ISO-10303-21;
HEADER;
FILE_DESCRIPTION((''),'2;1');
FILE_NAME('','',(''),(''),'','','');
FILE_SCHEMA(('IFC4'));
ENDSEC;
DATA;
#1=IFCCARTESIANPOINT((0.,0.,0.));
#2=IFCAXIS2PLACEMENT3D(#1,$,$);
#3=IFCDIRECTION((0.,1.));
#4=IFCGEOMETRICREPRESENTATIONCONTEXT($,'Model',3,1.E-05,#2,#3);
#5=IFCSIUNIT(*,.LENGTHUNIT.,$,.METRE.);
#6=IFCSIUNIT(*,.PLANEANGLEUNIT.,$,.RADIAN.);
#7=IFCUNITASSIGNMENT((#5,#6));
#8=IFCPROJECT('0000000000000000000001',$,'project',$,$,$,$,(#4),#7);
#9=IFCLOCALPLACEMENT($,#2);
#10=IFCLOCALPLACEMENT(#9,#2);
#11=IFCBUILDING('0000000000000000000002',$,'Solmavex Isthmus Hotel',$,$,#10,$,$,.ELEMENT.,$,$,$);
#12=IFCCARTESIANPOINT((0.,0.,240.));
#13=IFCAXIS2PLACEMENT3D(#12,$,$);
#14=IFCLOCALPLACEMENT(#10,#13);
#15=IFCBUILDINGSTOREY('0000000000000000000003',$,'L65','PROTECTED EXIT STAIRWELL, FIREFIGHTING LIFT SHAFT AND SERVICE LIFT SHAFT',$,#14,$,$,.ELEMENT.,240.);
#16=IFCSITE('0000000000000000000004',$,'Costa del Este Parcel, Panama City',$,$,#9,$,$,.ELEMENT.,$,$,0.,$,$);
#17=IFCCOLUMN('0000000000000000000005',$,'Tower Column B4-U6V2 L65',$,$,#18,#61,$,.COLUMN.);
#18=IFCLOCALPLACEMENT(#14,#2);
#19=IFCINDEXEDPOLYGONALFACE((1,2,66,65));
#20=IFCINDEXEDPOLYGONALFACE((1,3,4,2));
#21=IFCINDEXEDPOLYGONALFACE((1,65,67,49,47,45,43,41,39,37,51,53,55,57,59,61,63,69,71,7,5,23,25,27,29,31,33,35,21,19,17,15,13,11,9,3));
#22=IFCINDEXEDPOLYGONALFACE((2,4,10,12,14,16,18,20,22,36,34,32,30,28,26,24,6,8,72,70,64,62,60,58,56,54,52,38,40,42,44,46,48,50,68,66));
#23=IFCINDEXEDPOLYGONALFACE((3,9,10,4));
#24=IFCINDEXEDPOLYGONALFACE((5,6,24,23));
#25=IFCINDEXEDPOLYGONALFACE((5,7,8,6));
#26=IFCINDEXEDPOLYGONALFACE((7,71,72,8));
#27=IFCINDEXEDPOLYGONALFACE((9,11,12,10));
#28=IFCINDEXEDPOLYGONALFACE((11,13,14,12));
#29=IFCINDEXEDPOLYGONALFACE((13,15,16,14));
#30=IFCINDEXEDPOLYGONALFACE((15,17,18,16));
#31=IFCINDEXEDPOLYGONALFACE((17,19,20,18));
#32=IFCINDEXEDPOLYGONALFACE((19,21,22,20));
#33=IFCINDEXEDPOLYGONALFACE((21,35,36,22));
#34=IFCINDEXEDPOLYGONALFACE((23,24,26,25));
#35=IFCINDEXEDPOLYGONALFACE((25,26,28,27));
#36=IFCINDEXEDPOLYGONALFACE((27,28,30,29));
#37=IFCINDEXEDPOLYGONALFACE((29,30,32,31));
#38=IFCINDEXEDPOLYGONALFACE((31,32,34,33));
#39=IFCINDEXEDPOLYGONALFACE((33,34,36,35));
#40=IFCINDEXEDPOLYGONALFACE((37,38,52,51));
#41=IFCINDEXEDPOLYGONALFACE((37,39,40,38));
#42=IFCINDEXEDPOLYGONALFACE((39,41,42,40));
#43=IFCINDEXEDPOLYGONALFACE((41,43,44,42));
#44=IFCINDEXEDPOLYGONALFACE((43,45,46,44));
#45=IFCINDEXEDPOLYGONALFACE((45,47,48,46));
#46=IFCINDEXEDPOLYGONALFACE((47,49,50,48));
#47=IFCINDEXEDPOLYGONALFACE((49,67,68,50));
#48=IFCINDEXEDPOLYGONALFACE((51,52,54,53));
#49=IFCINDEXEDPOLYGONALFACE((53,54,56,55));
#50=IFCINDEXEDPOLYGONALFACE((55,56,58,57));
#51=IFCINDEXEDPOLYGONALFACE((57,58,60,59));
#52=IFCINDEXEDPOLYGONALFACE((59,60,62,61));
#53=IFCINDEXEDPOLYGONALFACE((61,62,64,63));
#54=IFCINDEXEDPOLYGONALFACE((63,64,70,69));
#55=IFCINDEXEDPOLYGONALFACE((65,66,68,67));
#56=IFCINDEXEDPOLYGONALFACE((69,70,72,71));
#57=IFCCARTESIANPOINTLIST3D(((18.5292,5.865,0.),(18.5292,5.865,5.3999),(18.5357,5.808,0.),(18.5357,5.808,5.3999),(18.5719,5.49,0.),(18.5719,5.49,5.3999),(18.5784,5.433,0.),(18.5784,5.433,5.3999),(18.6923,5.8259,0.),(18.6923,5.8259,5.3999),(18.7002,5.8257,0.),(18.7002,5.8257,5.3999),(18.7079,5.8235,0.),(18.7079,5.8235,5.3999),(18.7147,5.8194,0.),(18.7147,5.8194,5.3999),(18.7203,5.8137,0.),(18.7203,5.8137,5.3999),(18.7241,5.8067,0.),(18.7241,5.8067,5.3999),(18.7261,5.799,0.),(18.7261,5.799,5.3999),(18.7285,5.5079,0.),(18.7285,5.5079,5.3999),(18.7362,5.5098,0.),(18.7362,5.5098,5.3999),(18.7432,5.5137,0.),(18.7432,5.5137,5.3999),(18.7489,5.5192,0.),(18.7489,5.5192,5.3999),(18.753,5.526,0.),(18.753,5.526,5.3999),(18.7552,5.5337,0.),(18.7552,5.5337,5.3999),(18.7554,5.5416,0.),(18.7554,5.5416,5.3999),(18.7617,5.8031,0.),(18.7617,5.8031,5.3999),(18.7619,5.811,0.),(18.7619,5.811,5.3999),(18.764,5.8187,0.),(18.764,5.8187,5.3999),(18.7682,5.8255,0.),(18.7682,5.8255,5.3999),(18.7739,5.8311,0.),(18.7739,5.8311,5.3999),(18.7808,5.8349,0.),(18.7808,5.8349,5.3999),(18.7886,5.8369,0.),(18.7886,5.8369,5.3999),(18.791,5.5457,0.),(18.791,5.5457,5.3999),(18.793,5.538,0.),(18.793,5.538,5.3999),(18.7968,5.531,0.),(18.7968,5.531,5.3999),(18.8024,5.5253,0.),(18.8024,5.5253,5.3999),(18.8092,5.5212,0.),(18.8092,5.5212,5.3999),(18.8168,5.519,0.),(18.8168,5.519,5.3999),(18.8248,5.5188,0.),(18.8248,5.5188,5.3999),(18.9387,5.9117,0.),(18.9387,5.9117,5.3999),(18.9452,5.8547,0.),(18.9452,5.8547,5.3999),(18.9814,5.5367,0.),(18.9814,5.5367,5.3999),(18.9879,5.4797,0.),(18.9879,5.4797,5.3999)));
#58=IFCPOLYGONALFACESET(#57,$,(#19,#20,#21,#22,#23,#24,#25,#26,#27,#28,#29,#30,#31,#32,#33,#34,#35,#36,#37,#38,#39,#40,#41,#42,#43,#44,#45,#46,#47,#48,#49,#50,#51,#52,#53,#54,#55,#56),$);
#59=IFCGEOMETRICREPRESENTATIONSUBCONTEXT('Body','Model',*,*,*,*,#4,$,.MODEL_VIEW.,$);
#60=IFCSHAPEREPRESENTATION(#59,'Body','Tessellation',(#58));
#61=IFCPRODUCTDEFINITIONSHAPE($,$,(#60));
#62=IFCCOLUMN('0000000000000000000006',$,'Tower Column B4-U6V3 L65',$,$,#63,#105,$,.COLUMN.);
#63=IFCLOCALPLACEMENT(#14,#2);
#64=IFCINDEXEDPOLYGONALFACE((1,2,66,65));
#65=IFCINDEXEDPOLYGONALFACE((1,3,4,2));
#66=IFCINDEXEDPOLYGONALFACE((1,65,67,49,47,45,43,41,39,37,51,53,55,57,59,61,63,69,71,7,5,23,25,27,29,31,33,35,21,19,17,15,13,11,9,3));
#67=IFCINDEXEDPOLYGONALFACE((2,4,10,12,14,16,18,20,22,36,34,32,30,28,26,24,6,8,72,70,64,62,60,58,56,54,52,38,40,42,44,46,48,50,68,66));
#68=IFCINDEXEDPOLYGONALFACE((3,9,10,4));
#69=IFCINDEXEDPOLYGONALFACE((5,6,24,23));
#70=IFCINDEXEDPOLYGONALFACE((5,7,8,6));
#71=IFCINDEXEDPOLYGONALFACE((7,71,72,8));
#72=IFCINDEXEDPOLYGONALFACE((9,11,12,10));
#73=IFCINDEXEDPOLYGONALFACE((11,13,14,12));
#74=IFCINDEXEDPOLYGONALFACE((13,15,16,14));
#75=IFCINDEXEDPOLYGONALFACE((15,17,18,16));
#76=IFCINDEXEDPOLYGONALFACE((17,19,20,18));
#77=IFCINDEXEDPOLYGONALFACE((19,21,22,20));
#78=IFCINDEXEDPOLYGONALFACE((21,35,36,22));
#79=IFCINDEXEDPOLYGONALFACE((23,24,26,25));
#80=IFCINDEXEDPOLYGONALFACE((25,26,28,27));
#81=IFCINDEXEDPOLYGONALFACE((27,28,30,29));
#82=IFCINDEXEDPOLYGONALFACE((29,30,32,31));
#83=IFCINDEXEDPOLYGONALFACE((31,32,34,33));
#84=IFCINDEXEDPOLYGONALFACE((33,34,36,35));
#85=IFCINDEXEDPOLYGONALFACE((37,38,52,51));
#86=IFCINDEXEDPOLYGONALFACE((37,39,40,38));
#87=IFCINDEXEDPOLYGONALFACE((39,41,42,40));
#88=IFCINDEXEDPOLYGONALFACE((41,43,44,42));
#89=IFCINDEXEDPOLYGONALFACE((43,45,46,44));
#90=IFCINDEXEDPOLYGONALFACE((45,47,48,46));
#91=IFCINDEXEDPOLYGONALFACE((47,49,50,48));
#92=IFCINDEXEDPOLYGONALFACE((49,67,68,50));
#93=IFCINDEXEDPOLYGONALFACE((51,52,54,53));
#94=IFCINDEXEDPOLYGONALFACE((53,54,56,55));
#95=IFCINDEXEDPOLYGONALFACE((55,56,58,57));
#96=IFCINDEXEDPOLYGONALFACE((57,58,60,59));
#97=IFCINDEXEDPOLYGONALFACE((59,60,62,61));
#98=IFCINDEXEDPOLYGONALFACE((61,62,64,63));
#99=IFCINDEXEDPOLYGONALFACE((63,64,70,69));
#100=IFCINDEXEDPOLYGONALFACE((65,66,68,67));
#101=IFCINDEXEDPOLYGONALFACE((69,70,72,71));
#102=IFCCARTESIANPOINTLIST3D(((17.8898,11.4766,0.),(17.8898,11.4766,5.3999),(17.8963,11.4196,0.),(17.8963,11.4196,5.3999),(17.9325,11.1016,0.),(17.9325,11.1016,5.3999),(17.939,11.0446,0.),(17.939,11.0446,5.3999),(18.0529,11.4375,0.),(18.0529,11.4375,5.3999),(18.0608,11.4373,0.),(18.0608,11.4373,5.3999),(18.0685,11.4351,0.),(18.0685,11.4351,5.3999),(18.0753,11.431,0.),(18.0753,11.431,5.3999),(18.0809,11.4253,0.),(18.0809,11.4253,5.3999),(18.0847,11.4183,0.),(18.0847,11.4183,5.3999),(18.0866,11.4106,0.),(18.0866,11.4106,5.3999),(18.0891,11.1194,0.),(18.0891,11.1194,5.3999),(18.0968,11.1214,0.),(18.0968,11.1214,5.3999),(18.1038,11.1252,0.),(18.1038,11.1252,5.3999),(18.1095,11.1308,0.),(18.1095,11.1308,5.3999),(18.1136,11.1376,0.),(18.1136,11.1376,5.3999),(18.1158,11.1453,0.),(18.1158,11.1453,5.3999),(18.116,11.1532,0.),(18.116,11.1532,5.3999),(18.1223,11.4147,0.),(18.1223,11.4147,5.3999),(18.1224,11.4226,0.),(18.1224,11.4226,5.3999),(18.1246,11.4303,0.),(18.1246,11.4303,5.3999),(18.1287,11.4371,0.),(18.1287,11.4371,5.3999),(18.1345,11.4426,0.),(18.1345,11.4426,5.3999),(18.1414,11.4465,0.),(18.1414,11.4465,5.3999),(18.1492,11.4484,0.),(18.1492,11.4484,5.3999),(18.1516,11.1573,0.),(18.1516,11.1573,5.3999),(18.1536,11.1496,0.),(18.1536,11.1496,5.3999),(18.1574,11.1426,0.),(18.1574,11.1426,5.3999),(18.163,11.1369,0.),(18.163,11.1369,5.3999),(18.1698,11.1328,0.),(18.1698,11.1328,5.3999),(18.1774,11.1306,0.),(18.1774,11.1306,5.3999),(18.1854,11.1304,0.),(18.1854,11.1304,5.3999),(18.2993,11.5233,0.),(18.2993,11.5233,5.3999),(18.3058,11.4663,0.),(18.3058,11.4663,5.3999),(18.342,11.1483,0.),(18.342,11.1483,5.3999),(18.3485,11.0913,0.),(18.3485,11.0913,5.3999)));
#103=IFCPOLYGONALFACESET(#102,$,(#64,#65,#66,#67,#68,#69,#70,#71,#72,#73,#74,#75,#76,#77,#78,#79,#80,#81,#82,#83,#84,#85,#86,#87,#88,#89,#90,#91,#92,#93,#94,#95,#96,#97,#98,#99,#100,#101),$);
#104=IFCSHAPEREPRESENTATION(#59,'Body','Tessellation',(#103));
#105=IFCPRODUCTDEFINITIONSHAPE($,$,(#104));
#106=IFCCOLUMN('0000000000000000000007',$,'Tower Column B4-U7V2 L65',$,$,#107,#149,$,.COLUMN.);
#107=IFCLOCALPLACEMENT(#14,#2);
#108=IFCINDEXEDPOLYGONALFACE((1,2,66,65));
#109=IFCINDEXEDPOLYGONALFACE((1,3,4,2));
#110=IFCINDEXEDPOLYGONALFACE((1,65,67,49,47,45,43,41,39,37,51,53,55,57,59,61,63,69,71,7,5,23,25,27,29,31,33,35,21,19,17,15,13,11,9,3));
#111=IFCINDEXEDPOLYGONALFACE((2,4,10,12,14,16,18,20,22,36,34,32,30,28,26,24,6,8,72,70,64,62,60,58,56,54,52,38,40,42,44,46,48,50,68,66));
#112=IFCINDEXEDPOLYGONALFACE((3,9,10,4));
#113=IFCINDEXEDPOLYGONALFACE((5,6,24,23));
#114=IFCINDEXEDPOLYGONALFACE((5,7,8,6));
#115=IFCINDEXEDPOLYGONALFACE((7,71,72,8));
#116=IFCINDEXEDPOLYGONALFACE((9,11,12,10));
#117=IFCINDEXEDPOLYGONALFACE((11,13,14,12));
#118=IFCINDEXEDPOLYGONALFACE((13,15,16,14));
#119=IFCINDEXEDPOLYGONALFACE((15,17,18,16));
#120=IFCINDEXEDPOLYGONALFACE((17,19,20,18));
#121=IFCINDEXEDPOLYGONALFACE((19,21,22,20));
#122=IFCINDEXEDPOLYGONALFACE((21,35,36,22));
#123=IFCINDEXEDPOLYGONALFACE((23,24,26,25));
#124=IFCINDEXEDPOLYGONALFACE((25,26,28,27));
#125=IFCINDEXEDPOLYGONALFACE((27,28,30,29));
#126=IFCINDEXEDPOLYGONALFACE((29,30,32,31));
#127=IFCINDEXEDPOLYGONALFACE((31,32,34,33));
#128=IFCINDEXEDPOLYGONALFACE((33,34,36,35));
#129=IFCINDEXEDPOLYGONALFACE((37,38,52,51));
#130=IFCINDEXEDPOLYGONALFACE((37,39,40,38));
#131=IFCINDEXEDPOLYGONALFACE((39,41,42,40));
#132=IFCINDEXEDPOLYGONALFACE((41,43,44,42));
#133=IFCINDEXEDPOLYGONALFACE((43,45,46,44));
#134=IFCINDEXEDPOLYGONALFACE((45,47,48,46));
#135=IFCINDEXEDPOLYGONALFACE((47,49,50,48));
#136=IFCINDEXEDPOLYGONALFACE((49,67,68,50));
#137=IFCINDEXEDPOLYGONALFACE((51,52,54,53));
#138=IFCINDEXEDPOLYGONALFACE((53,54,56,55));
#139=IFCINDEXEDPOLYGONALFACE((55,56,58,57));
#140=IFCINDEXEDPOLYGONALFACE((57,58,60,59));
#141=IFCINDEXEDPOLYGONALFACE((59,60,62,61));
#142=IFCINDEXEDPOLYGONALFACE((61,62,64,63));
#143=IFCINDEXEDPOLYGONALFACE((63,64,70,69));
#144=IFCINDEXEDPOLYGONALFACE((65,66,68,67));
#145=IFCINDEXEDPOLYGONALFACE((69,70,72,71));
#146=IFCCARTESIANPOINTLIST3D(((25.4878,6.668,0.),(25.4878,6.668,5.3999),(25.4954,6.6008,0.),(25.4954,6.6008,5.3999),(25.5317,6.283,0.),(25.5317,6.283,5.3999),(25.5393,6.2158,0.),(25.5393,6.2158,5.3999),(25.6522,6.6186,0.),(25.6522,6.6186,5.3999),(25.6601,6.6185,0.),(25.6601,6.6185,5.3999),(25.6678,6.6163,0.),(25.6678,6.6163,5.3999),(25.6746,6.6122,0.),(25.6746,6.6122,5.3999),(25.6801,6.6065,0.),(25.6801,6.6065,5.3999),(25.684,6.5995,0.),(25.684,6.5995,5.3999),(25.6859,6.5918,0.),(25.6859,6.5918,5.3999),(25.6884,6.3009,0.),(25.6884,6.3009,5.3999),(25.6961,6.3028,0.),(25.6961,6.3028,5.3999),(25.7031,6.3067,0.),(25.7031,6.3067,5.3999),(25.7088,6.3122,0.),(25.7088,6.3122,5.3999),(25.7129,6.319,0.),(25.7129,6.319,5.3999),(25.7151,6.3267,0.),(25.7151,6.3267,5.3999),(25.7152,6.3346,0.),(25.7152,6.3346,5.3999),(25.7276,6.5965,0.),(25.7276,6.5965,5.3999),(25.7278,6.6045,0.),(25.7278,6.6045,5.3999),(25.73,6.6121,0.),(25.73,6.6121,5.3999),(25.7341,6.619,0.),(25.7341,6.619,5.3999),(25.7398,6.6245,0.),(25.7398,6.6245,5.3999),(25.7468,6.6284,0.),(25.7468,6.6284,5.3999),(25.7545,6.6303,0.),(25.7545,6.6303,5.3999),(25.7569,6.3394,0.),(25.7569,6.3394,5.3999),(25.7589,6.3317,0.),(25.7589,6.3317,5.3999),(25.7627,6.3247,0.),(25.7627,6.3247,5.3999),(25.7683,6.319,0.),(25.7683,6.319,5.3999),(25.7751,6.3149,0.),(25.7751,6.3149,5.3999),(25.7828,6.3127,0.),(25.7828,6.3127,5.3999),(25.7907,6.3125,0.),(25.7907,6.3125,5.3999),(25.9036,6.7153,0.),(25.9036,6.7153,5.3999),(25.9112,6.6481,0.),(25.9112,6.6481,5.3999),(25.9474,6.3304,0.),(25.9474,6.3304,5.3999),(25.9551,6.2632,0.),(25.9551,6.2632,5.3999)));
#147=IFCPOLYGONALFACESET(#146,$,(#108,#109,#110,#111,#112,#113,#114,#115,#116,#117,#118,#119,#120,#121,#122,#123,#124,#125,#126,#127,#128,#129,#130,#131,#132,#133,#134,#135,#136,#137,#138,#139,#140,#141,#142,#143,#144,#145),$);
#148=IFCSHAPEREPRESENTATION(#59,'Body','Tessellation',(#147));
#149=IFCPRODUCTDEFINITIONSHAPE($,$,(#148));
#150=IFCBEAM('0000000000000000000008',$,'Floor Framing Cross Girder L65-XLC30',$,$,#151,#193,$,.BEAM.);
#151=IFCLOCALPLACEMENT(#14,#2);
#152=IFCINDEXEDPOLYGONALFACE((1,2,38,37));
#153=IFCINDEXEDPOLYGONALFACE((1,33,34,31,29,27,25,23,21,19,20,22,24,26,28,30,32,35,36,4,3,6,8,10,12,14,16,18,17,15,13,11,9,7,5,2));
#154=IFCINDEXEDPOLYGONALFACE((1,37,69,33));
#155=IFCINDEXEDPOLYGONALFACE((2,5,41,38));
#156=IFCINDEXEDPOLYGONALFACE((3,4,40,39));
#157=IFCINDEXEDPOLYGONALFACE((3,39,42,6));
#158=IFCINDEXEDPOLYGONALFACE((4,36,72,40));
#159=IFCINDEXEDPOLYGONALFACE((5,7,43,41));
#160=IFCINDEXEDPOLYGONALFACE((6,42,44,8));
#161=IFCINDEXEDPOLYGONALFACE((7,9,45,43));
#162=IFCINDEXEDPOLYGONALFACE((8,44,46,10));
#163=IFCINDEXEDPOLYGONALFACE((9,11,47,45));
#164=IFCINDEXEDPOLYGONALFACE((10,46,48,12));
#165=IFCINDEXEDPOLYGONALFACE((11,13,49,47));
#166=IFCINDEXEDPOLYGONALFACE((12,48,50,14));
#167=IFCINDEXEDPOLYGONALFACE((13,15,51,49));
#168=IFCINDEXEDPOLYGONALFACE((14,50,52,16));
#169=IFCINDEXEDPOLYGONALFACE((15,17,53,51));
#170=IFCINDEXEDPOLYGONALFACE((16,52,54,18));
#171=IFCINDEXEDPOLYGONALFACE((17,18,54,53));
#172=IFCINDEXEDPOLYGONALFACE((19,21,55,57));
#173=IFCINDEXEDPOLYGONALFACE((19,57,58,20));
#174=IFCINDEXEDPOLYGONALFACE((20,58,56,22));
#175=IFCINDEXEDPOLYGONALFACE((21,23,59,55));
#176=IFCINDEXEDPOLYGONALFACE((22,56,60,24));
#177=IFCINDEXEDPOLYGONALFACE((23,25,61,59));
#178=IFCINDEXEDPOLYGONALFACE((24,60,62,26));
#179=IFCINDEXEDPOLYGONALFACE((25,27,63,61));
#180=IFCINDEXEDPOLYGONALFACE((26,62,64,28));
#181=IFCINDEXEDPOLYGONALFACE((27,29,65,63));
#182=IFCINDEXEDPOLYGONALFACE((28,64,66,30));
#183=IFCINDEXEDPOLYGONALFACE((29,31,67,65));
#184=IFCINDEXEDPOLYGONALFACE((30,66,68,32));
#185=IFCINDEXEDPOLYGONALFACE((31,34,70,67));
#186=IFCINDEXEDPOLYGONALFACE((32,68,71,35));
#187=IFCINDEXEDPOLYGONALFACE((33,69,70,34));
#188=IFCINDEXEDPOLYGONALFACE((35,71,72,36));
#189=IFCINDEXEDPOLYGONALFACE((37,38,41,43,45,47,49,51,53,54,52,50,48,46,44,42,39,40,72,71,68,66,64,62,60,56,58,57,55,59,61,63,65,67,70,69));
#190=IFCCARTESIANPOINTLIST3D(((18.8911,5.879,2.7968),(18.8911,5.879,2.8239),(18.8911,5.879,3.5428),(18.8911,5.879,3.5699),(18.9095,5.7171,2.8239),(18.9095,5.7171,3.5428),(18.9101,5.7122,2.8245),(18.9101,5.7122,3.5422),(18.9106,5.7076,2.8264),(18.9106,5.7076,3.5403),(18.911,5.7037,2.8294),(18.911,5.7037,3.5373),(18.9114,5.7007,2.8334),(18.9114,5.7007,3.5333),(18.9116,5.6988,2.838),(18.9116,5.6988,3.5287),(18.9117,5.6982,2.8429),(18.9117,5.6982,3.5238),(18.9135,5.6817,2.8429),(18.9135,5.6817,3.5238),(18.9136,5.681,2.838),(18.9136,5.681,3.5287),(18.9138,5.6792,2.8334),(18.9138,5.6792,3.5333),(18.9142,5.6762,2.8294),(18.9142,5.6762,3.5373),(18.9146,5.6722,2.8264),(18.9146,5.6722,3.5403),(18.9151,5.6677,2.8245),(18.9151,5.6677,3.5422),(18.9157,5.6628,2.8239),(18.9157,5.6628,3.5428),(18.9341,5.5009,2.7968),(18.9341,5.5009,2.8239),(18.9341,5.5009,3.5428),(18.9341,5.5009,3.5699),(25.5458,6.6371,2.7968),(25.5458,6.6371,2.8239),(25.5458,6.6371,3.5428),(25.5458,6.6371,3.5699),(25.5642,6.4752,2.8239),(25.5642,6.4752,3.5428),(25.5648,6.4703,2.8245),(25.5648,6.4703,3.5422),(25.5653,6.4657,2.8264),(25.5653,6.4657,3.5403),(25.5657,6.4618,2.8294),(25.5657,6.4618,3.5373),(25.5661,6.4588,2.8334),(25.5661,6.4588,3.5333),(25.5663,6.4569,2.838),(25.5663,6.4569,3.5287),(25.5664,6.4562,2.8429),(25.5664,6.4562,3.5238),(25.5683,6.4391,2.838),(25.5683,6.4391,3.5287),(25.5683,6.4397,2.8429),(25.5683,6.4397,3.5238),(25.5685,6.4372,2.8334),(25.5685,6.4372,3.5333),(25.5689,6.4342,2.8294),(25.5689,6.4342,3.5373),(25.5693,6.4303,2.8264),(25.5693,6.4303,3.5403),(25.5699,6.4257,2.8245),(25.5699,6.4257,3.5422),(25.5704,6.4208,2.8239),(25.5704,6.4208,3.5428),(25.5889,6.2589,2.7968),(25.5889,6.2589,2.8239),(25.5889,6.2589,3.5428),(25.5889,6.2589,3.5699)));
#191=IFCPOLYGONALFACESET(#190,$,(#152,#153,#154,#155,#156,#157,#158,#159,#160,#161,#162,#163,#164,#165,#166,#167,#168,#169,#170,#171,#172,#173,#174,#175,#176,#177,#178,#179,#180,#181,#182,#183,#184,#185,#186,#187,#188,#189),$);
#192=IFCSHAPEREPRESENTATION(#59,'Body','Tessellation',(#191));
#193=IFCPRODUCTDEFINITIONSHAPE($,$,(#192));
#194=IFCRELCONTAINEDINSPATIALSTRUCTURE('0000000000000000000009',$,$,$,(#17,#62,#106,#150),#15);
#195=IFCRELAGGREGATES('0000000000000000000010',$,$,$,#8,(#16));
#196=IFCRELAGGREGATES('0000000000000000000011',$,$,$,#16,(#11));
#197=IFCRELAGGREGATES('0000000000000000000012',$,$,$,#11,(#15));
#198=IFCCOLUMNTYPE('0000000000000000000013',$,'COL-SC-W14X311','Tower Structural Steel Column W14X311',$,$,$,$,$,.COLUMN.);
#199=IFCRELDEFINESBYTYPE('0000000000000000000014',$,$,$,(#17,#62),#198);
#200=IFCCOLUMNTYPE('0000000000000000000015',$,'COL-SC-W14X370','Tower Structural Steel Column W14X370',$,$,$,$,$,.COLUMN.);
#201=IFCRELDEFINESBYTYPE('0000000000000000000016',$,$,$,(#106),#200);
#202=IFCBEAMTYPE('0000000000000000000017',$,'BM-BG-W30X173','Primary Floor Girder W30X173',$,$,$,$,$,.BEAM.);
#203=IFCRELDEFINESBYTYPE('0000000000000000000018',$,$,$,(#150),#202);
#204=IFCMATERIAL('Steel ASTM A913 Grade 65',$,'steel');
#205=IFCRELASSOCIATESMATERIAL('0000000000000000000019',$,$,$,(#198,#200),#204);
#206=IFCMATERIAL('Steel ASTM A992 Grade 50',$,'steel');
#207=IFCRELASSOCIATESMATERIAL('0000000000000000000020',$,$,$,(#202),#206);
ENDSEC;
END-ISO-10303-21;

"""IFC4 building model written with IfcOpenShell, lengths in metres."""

from ifc_helpers import new_model, si_unit, direction, frame, origin, origin_2d, place, context, subcontext, project, spatial, i_section, extrude, material, material_profile, profile_set, type_object, element, save


model = new_model("IFC4")

# Units and contexts
model_context = context("Model", 3, precision=1e-05, world=origin(), true_north=direction((0.0, 1.0)))
body_context = subcontext(model_context, "Body", "Model", "MODEL_VIEW")
ifc_project = project(units=[si_unit("LENGTHUNIT", "METRE"), si_unit("PLANEANGLEUNIT", "RADIAN")], contexts=[model_context])

# Site, building, storey
site_placement = place(None, origin())
site = spatial("IfcSite", under=ifc_project, at=site_placement, Name="Costa del Este Parcel, Panama City", CompositionType="ELEMENT", RefElevation=0.0)
building_placement = place(site_placement, origin())
building = spatial("IfcBuilding", under=site, at=building_placement, Name="Solmavex Isthmus Hotel", CompositionType="ELEMENT")
storey_placement = place(building_placement, frame((0.0, 0.0, 240.0)))
storey = spatial("IfcBuildingStorey", under=building, at=storey_placement, Name="L65", Description="PROTECTED EXIT STAIRWELL, FIREFIGHTING LIFT SHAFT AND SERVICE LIFT SHAFT", CompositionType="ELEMENT", Elevation=240.0)

# Columns
ifc_material_1 = material(Name="Steel ASTM A913 Grade 65", Category="steel")
ifc_material_profile_1 = material_profile(ifc_material_1, i_section(OverallWidth=0.4121, OverallDepth=0.4348, WebThickness=0.0359, FlangeThickness=0.0574, FilletRadius=0.0305, at=origin_2d()), Name="W14X311")
ifc_profile_set_1 = profile_set([ifc_material_profile_1], Name="Steel ASTM A913 Grade 65")
column_type_1 = type_object("IfcColumnType", Name="COL-SC-W14X311", Description="Tower Structural Steel Column W14X311", PredefinedType="COLUMN", material=ifc_profile_set_1)
for number, where, z_axis, x_axis, name in (
    (1, (18.7585, 5.6724, 0.0), (0.0, 0.0, 1.0), (0.993572, 0.113203, 0.0), "Tower Column B4-U6V2 L65"),
    (2, (18.1191, 11.2839, 0.0), (0.0, 0.0, 1.0), (0.993572, 0.113203, 0.0), "Tower Column B4-U6V3 L65"),
):
    element("IfcColumn", number, at=place(storey_placement, frame(where, z_axis=z_axis, x_axis=x_axis)), inside=storey, type_object=column_type_1, Name=name, PredefinedType="COLUMN", context=body_context, shape_type="SweptSolid", body=[
        extrude(i_section(OverallWidth=0.4121, OverallDepth=0.4348, WebThickness=0.0359, FlangeThickness=0.0574, FilletRadius=0.0305, at=origin_2d()), origin(), (0.0, 0.0, 1.0), 5.3999),
    ])
ifc_material_profile_2 = material_profile(ifc_material_1, i_section(OverallWidth=0.4185, OverallDepth=0.4551, WebThickness=0.042, FlangeThickness=0.0676, FilletRadius=0.0305, at=origin_2d()), Name="W14X370")
ifc_profile_set_2 = profile_set([ifc_material_profile_2], Name="Steel ASTM A913 Grade 65")
column_type_2 = type_object("IfcColumnType", Name="COL-SC-W14X370", Description="Tower Structural Steel Column W14X370", PredefinedType="COLUMN", material=ifc_profile_set_2)
column_placement = place(storey_placement, frame((25.7214, 6.4656, 0.0), z_axis=(0.0, 0.0, 1.0), x_axis=(0.993572, 0.113203, 0.0)))
element("IfcColumn", 3, at=column_placement, inside=storey, type_object=column_type_2, Name="Tower Column B4-U7V2 L65", PredefinedType="COLUMN", context=body_context, shape_type="SweptSolid", body=[
    extrude(i_section(OverallWidth=0.4185, OverallDepth=0.4551, WebThickness=0.042, FlangeThickness=0.0676, FilletRadius=0.0305, at=origin_2d()), origin(), (0.0, 0.0, 1.0), 5.3999),
])

# Beam
ifc_material_2 = material(Name="Steel ASTM A992 Grade 50", Category="steel")
ifc_material_profile_3 = material_profile(ifc_material_2, i_section(OverallWidth=0.3806, OverallDepth=0.7732, WebThickness=0.0166, FlangeThickness=0.0271, FilletRadius=0.019, at=origin_2d()), Name="W30X173")
ifc_profile_set_3 = profile_set([ifc_material_profile_3], Name="Steel ASTM A992 Grade 50")
beam_type_1 = type_object("IfcBeamType", Name="BM-BG-W30X173", Description="Primary Floor Girder W30X173", PredefinedType="BEAM", material=ifc_profile_set_3)
beam_1_placement = place(storey_placement, frame((18.9126, 5.6899, 3.1833), z_axis=(0.993575, 0.11318, 0.0), x_axis=(-0.11318, 0.993575, 0.0)))
element("IfcBeam", 4, at=beam_1_placement, inside=storey, type_object=beam_type_1, Name="Floor Framing Cross Girder L65-XLC30", PredefinedType="BEAM", context=body_context, shape_type="SweptSolid", body=[
    extrude(i_section(OverallWidth=0.3806, OverallDepth=0.7732, WebThickness=0.0166, FlangeThickness=0.0271, FilletRadius=0.019, at=origin_2d()), origin(), (0.0, 0.0, 1.0), 6.6978),
])

save(model, "model.ifc")
